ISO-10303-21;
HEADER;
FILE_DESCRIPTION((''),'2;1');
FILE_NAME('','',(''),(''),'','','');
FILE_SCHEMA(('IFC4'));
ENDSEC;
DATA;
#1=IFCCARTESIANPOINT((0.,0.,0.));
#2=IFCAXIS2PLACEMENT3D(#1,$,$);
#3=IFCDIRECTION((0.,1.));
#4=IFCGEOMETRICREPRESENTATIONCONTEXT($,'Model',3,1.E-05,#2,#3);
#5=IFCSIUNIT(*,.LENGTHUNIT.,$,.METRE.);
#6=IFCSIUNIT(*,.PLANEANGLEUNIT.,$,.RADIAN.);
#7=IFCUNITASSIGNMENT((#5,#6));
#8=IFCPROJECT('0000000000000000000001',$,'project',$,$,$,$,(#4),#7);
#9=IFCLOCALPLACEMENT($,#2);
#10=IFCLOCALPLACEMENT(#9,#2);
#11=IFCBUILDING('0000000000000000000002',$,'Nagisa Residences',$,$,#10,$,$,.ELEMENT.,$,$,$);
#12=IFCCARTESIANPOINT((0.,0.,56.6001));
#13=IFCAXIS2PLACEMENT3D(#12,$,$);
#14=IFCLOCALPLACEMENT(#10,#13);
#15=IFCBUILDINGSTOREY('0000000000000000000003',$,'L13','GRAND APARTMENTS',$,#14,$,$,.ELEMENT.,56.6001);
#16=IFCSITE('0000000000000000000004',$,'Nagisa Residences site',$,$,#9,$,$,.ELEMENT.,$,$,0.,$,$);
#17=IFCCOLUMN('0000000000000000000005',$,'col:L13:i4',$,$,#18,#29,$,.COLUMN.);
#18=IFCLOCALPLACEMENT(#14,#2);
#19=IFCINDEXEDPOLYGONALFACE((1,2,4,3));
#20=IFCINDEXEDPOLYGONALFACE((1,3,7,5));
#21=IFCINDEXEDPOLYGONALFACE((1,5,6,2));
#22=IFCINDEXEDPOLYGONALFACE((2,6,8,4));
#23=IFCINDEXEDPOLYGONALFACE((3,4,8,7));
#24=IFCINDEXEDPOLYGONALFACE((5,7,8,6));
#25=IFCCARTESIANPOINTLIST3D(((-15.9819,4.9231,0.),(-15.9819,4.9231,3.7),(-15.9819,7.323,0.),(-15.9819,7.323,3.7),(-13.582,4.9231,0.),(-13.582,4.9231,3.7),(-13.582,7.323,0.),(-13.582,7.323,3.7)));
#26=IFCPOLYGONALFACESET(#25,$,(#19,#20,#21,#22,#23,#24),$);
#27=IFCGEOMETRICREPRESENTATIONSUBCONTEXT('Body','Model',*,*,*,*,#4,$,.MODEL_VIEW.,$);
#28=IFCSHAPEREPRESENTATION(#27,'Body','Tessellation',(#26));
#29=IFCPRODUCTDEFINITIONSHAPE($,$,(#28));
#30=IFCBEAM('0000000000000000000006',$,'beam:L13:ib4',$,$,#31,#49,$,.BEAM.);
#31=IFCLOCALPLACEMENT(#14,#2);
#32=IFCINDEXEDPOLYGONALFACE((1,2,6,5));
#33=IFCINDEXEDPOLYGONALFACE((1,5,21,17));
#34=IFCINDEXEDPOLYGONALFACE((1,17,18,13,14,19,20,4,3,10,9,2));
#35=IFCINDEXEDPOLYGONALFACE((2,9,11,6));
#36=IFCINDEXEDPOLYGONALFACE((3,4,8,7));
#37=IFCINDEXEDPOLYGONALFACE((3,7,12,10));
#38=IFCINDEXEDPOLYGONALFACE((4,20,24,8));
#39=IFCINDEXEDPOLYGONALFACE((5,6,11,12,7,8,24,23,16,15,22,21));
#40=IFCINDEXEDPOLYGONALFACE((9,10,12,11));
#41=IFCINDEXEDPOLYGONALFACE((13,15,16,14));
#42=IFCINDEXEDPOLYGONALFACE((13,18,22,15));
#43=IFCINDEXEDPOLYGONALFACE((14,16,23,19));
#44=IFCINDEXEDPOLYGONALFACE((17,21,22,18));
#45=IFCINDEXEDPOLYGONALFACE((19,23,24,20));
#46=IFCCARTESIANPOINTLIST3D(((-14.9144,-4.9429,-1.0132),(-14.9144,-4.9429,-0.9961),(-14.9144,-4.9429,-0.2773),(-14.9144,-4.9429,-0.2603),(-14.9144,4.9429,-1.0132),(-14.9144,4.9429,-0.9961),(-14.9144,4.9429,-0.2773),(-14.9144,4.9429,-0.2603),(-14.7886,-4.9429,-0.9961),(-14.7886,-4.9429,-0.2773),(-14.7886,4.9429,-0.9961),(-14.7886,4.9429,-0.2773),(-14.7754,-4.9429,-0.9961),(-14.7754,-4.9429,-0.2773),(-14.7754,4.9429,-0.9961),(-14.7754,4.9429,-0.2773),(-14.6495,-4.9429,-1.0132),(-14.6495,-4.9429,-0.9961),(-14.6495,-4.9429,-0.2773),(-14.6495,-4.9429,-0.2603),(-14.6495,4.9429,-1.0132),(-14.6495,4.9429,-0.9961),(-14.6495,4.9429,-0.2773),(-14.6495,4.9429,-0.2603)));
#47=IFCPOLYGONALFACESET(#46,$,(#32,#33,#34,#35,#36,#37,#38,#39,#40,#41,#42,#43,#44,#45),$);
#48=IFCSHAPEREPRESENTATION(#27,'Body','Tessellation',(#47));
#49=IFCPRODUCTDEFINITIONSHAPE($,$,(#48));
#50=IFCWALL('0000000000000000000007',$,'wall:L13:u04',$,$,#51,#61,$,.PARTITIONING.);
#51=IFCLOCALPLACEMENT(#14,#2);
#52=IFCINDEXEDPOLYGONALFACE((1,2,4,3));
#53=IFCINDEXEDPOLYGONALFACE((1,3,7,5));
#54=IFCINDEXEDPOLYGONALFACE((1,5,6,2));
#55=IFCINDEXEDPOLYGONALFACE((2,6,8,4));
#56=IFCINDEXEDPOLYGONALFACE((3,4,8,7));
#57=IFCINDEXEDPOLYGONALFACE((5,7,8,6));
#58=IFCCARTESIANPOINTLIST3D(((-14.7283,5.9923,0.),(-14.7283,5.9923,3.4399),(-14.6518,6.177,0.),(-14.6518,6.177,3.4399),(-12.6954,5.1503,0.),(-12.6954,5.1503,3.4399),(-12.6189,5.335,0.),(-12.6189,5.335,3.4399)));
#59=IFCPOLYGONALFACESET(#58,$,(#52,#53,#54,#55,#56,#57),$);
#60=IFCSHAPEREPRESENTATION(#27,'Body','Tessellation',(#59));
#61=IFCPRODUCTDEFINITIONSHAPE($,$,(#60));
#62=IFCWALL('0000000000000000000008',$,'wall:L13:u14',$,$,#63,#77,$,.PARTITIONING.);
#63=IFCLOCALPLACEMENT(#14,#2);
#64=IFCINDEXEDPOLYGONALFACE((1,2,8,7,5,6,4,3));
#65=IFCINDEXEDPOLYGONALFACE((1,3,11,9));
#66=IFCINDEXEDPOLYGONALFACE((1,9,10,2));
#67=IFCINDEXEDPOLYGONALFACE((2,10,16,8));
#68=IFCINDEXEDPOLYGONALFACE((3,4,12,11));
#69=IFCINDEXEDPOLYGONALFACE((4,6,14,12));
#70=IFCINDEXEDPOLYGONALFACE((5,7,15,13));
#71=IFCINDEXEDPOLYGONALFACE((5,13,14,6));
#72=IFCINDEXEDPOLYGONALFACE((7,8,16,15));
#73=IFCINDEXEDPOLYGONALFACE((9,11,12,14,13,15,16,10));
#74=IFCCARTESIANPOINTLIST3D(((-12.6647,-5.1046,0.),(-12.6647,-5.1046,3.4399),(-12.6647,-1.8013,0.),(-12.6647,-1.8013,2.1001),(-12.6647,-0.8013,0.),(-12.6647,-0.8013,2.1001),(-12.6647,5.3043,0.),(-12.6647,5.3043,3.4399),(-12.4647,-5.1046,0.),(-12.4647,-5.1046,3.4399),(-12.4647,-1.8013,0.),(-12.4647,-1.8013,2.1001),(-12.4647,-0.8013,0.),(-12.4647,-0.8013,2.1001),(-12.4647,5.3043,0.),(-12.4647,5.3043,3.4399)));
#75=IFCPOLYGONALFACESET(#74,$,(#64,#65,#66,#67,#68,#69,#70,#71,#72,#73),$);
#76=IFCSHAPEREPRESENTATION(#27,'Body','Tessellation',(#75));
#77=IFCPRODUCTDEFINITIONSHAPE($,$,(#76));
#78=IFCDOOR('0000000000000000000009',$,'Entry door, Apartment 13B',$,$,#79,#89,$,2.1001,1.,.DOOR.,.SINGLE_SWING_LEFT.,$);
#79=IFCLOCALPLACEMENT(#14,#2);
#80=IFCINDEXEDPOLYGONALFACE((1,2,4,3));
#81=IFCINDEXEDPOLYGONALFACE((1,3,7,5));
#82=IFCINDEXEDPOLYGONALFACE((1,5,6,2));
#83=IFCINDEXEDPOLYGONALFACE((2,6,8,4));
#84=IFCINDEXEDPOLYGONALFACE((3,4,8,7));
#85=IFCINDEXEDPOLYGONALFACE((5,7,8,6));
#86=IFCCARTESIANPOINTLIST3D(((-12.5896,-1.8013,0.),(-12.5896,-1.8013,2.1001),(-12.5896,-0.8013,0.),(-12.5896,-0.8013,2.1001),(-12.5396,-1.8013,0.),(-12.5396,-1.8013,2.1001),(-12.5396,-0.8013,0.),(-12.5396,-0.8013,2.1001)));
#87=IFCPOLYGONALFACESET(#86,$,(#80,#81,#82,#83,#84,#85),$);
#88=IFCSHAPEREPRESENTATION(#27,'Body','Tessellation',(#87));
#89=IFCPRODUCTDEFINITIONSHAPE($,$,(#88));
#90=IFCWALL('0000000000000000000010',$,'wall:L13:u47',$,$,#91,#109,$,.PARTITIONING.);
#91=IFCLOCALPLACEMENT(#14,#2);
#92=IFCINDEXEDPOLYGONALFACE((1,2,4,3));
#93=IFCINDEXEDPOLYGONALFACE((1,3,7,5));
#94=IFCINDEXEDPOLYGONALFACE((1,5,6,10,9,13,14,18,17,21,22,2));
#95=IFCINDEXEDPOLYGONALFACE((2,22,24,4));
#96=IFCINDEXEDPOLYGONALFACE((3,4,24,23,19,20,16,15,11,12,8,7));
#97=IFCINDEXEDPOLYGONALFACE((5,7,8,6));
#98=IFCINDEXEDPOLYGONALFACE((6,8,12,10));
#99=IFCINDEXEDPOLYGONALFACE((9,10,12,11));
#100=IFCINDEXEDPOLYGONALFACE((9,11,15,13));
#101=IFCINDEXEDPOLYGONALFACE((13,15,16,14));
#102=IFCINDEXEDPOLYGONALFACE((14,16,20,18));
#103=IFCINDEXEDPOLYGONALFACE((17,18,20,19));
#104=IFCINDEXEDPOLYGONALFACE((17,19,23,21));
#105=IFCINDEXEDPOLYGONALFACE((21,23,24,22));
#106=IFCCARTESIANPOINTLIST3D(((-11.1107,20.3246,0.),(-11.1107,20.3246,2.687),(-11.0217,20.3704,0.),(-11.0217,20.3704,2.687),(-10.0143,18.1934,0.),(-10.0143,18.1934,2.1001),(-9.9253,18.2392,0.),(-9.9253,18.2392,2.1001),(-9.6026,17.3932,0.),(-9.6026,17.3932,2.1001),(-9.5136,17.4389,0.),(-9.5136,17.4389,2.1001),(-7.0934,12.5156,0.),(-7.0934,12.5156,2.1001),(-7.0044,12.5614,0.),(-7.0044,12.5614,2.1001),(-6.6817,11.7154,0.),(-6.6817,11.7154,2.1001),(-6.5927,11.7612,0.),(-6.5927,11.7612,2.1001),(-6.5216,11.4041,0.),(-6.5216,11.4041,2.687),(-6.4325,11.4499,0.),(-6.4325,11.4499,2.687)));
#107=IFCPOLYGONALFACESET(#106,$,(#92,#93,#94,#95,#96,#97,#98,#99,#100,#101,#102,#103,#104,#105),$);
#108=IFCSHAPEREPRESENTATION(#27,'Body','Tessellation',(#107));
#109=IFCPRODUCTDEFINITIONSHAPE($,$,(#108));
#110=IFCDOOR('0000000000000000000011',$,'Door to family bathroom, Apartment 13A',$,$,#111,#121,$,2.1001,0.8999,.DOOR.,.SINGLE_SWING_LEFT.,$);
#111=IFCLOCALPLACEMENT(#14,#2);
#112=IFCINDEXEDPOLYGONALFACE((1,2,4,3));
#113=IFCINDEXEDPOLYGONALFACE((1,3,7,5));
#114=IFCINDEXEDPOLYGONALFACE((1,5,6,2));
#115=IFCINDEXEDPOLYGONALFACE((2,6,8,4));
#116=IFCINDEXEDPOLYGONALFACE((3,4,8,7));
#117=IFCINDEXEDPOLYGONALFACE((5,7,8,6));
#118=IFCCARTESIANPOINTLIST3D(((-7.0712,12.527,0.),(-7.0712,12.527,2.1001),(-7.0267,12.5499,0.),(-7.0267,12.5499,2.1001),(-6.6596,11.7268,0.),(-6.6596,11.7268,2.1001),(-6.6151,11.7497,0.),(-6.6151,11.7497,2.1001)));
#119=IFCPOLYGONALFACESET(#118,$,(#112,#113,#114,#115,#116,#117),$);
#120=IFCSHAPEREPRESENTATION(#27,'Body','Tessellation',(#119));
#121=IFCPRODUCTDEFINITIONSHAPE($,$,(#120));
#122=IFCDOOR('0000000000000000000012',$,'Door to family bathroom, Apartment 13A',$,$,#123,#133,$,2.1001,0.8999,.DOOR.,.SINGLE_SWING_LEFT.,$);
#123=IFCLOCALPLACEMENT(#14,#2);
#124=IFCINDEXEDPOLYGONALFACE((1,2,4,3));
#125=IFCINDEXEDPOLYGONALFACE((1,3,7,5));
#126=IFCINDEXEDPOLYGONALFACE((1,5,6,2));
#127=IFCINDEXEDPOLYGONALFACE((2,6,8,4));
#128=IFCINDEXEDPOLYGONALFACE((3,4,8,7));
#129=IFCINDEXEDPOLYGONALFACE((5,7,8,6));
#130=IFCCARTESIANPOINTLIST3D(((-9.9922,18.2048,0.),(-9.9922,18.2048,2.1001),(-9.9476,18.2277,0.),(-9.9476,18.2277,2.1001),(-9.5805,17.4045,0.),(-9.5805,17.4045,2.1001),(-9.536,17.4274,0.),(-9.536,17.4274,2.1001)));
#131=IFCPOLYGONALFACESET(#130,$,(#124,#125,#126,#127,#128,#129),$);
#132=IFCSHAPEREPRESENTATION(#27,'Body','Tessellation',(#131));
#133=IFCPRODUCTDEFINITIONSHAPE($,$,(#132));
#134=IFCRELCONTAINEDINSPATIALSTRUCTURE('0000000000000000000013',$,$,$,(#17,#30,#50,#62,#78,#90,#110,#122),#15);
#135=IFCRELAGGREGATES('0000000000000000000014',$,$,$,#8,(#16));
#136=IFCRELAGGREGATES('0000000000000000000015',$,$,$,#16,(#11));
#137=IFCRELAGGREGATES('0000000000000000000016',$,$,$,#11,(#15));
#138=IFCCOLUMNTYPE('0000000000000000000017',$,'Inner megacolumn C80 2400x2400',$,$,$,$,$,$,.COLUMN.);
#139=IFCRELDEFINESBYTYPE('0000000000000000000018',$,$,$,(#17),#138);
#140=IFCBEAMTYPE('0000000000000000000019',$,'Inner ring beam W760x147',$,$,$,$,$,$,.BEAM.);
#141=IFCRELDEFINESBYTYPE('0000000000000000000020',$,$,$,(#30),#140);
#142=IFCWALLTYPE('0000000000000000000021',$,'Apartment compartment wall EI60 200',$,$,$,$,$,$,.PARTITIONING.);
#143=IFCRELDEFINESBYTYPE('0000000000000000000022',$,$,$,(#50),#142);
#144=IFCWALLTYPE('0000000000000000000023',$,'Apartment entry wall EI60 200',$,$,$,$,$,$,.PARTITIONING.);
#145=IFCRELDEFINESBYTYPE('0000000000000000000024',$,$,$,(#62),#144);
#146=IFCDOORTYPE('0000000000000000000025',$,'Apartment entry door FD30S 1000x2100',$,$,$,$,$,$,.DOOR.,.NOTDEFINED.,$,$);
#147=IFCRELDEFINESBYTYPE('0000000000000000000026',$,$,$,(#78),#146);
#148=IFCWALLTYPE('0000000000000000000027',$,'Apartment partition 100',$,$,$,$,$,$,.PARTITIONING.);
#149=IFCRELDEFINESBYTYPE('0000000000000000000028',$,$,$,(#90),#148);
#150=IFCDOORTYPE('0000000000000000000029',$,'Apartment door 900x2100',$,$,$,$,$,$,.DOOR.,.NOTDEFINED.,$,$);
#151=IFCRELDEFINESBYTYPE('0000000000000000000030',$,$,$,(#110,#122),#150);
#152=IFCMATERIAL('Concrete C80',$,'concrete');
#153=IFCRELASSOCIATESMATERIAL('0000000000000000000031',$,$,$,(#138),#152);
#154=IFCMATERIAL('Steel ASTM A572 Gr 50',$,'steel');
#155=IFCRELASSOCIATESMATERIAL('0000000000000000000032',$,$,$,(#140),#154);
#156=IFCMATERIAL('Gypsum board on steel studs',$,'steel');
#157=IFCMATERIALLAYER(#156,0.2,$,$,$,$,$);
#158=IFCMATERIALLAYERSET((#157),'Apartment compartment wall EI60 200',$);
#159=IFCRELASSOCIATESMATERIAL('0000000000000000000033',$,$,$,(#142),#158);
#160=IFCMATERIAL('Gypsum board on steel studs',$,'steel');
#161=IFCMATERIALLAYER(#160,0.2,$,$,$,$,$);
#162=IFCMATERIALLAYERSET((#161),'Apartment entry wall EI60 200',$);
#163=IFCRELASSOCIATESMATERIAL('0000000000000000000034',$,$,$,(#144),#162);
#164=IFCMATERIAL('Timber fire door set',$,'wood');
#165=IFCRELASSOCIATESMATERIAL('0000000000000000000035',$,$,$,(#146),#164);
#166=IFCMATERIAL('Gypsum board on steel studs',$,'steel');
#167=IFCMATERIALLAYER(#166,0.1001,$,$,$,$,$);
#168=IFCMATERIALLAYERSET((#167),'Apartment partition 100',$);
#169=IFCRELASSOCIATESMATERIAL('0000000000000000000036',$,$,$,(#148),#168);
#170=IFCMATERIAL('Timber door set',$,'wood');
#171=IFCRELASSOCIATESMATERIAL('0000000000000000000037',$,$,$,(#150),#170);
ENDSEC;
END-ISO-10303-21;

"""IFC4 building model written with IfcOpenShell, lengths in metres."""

from ifc_helpers import new_model, si_unit, direction, frame, frame_2d, origin, origin_2d, place, context, subcontext, project, spatial, rectangle, i_section, extrude, material, layer, layer_set, material_profile, profile_set, type_object, element, fill, save


model = new_model("IFC4")

# Units and contexts
model_context = context("Model", 3, precision=1e-05, world=origin(), true_north=direction((0.0, 1.0)))
body_context = subcontext(model_context, "Body", "Model", "MODEL_VIEW")
ifc_project = project(units=[si_unit("LENGTHUNIT", "METRE"), si_unit("PLANEANGLEUNIT", "RADIAN")], contexts=[model_context])

# Site, building, storey
site_placement = place(None, origin())
site = spatial("IfcSite", under=ifc_project, at=site_placement, Name="Nagisa Residences site", CompositionType="ELEMENT", RefElevation=0.0)
building_placement = place(site_placement, origin())
building = spatial("IfcBuilding", under=site, at=building_placement, Name="Nagisa Residences", CompositionType="ELEMENT")
storey_placement = place(building_placement, frame((0.0, 0.0, 56.6001)))
storey = spatial("IfcBuildingStorey", under=building, at=storey_placement, Name="L13", Description="GRAND APARTMENTS", CompositionType="ELEMENT", Elevation=56.6001)

# Column
ifc_material_1 = material(Name="Concrete C80", Category="concrete")
ifc_material_profile_1 = material_profile(ifc_material_1, rectangle(XDim=2.3999, YDim=2.3999, at=origin_2d()), Name="C80 2400x2400")
ifc_profile_set_1 = profile_set([ifc_material_profile_1], Name="Concrete C80")
column_type = type_object("IfcColumnType", Name="Inner megacolumn C80 2400x2400", PredefinedType="COLUMN", material=ifc_profile_set_1)
column_placement = place(storey_placement, frame((-14.782, 6.123, 0.0), z_axis=(0.0, 0.0, 1.0), x_axis=(1.0, 0.0, 0.0)))
element("IfcColumn", 1, at=column_placement, inside=storey, type_object=column_type, Name="col:L13:i4", PredefinedType="COLUMN", context=body_context, shape_type="SweptSolid", body=[
    extrude(rectangle(XDim=2.3999, YDim=2.3999, at=origin_2d()), origin(), (0.0, 0.0, 1.0), 3.7),
])

# Beam
ifc_material_2 = material(Name="Steel ASTM A572 Gr 50", Category="steel")
ifc_material_profile_2 = material_profile(ifc_material_2, i_section(OverallWidth=0.2649, OverallDepth=0.7529, WebThickness=0.0132, FlangeThickness=0.0171, at=origin_2d()), Name="W760x147")
ifc_profile_set_2 = profile_set([ifc_material_profile_2], Name="Steel ASTM A572 Gr 50")
beam_type = type_object("IfcBeamType", Name="Inner ring beam W760x147", PredefinedType="BEAM", material=ifc_profile_set_2)
beam_placement = place(storey_placement, frame((-14.782, 4.9429, -0.6367), z_axis=(0.0, -1.0, 0.0), x_axis=(1.0, 0.0, 0.0)))
element("IfcBeam", 2, at=beam_placement, inside=storey, type_object=beam_type, Name="beam:L13:ib4", PredefinedType="BEAM", context=body_context, shape_type="SweptSolid", body=[
    extrude(i_section(OverallWidth=0.2649, OverallDepth=0.7529, WebThickness=0.0132, FlangeThickness=0.0171, at=origin_2d()), origin(), (0.0, 0.0, 1.0), 9.8857),
])

# Wall
ifc_material_3 = material(Name="Gypsum board on steel studs", Category="steel")
ifc_layer_1 = layer(ifc_material_3, 0.2)
ifc_layer_set_1 = layer_set([ifc_layer_1], Name="Apartment compartment wall EI60 200")
wall_type_1 = type_object("IfcWallType", Name="Apartment compartment wall EI60 200", PredefinedType="PARTITIONING", material=ifc_layer_set_1)
wall_1_placement = place(storey_placement, frame((-12.6572, 5.2427, 0.0), z_axis=(0.0, 0.0, 1.0), x_axis=(-0.923886, 0.382669, 0.0)))
element("IfcWall", 3, at=wall_1_placement, inside=storey, type_object=wall_type_1, Name="wall:L13:u04", PredefinedType="PARTITIONING", context=body_context, shape_type="SweptSolid", body=[
    extrude(rectangle(XDim=2.2004, YDim=0.2, at=frame_2d((1.1001, 0.0))), origin(), (0.0, 0.0, 1.0), 3.4399),
])

# Wall, opening, door
ifc_material_4 = material(Name="Gypsum board on steel studs", Category="steel")
ifc_layer_2 = layer(ifc_material_4, 0.2)
ifc_layer_set_2 = layer_set([ifc_layer_2], Name="Apartment entry wall EI60 200")
wall_type_2 = type_object("IfcWallType", Name="Apartment entry wall EI60 200", PredefinedType="PARTITIONING", material=ifc_layer_set_2)
wall_2_placement = place(storey_placement, frame((-12.5647, 5.3044, 0.0), z_axis=(0.0, 0.0, 1.0), x_axis=(0.0, -1.0, 0.0)))
wall_2 = element("IfcWall", 4, at=wall_2_placement, inside=storey, type_object=wall_type_2, Name="wall:L13:u14", PredefinedType="PARTITIONING", context=body_context, shape_type="SweptSolid", body=[
    extrude(rectangle(XDim=10.4089, YDim=0.2, at=frame_2d((5.2046, 0.0))), origin(), (0.0, 0.0, 1.0), 3.4399),
])
opening_1_placement = place(wall_2_placement, frame((6.1057, 0.0, 0.0)))
opening_1 = element("IfcOpeningElement", 5, at=opening_1_placement, cuts=wall_2, PredefinedType="OPENING", context=body_context, shape_type="SweptSolid", body=[
    extrude(rectangle(XDim=1.0, YDim=2.1001, at=frame_2d((0.5, 1.05))), frame((0.0, 0.1099, 0.0), z_axis=(0.0, -1.0, 0.0), x_axis=(1.0, 0.0, 0.0)), (0.0, 0.0, 1.0), 0.22),
])
ifc_material_5 = material(Name="Timber fire door set", Category="wood")
door_type_1 = type_object("IfcDoorType", Name="Apartment entry door FD30S 1000x2100", OperationType="NOTDEFINED", PredefinedType="DOOR", material=ifc_material_5)
door_1_placement = place(opening_1_placement, frame((1.0, 0.0, 0.0), x_axis=(-1.0, 0.0, 0.0)))
door_1 = element("IfcDoor", 6, at=door_1_placement, inside=storey, type_object=door_type_1, Name="Entry door, Apartment 13B", OperationType="SINGLE_SWING_LEFT", OverallHeight=2.1001, OverallWidth=1.0, PredefinedType="DOOR", context=body_context, shape_type="SweptSolid", body=[
    extrude(rectangle(XDim=1.0, YDim=2.1001, at=frame_2d((0.5, 1.05))), frame((0.0, 0.0249, 0.0), z_axis=(0.0, -1.0, 0.0), x_axis=(1.0, 0.0, 0.0)), (0.0, 0.0, 1.0), 0.05),
])
fill(opening_1, door_1)

# Wall, openings, doors
ifc_material_6 = material(Name="Gypsum board on steel studs", Category="steel")
ifc_layer_3 = layer(ifc_material_6, 0.1001)
ifc_layer_set_3 = layer_set([ifc_layer_3], Name="Apartment partition 100")
wall_type_3 = type_object("IfcWallType", Name="Apartment partition 100", PredefinedType="PARTITIONING", material=ifc_layer_set_3)
wall_3_placement = place(storey_placement, frame((-6.4771, 11.427, 0.0), z_axis=(0.0, 0.0, 1.0), x_axis=(-0.457464, 0.889228, 0.0)))
wall_3 = element("IfcWall", 7, at=wall_3_placement, inside=storey, type_object=wall_type_3, Name="wall:L13:u47", PredefinedType="PARTITIONING", context=body_context, shape_type="SweptSolid", body=[
    extrude(rectangle(XDim=10.0317, YDim=0.1001, at=frame_2d((5.0159, 0.0))), origin(), (0.0, 0.0, 1.0), 2.687),
])
opening_2_placement = place(wall_3_placement, frame((0.3501, 0.0, 0.0)))
opening_2 = element("IfcOpeningElement", 8, at=opening_2_placement, cuts=wall_3, PredefinedType="OPENING", context=body_context, shape_type="SweptSolid", body=[
    extrude(rectangle(XDim=0.8999, YDim=2.1001, at=frame_2d((0.45, 1.05))), frame((0.0, 0.0601, 0.0), z_axis=(0.0, -1.0, 0.0), x_axis=(1.0, 0.0, 0.0)), (0.0, 0.0, 1.0), 0.1201),
])
opening_3_placement = place(wall_3_placement, frame((6.7351, 0.0, 0.0)))
opening_3 = element("IfcOpeningElement", 9, at=opening_3_placement, cuts=wall_3, PredefinedType="OPENING", context=body_context, shape_type="SweptSolid", body=[
    extrude(rectangle(XDim=0.8999, YDim=2.1001, at=frame_2d((0.45, 1.05))), frame((0.0, 0.0601, 0.0), z_axis=(0.0, -1.0, 0.0), x_axis=(1.0, 0.0, 0.0)), (0.0, 0.0, 1.0), 0.1201),
])
ifc_material_7 = material(Name="Timber door set", Category="wood")
door_type_2 = type_object("IfcDoorType", Name="Apartment door 900x2100", OperationType="NOTDEFINED", PredefinedType="DOOR", material=ifc_material_7)
door_2_placement = place(opening_2_placement, frame((0.8999, 0.0, 0.0), x_axis=(-1.0, 0.0, 0.0)))
door_2 = element("IfcDoor", 10, at=door_2_placement, inside=storey, type_object=door_type_2, Name="Door to family bathroom, Apartment 13A", OperationType="SINGLE_SWING_LEFT", OverallHeight=2.1001, OverallWidth=0.8999, PredefinedType="DOOR", context=body_context, shape_type="SweptSolid", body=[
    extrude(rectangle(XDim=0.8999, YDim=2.1001, at=frame_2d((0.45, 1.05))), frame((0.0, 0.0249, 0.0), z_axis=(0.0, -1.0, 0.0), x_axis=(1.0, 0.0, 0.0)), (0.0, 0.0, 1.0), 0.05),
])
fill(opening_2, door_2)
door_3_placement = place(opening_3_placement, frame((0.8999, 0.0, 0.0), x_axis=(-1.0, 0.0, 0.0)))
door_3 = element("IfcDoor", 11, at=door_3_placement, inside=storey, type_object=door_type_2, Name="Door to family bathroom, Apartment 13A", OperationType="SINGLE_SWING_LEFT", OverallHeight=2.1001, OverallWidth=0.8999, PredefinedType="DOOR", context=body_context, shape_type="SweptSolid", body=[
    extrude(rectangle(XDim=0.8999, YDim=2.1001, at=frame_2d((0.45, 1.05))), frame((0.0, 0.0249, 0.0), z_axis=(0.0, -1.0, 0.0), x_axis=(1.0, 0.0, 0.0)), (0.0, 0.0, 1.0), 0.05),
])
fill(opening_3, door_3)

save(model, "model.ifc")
